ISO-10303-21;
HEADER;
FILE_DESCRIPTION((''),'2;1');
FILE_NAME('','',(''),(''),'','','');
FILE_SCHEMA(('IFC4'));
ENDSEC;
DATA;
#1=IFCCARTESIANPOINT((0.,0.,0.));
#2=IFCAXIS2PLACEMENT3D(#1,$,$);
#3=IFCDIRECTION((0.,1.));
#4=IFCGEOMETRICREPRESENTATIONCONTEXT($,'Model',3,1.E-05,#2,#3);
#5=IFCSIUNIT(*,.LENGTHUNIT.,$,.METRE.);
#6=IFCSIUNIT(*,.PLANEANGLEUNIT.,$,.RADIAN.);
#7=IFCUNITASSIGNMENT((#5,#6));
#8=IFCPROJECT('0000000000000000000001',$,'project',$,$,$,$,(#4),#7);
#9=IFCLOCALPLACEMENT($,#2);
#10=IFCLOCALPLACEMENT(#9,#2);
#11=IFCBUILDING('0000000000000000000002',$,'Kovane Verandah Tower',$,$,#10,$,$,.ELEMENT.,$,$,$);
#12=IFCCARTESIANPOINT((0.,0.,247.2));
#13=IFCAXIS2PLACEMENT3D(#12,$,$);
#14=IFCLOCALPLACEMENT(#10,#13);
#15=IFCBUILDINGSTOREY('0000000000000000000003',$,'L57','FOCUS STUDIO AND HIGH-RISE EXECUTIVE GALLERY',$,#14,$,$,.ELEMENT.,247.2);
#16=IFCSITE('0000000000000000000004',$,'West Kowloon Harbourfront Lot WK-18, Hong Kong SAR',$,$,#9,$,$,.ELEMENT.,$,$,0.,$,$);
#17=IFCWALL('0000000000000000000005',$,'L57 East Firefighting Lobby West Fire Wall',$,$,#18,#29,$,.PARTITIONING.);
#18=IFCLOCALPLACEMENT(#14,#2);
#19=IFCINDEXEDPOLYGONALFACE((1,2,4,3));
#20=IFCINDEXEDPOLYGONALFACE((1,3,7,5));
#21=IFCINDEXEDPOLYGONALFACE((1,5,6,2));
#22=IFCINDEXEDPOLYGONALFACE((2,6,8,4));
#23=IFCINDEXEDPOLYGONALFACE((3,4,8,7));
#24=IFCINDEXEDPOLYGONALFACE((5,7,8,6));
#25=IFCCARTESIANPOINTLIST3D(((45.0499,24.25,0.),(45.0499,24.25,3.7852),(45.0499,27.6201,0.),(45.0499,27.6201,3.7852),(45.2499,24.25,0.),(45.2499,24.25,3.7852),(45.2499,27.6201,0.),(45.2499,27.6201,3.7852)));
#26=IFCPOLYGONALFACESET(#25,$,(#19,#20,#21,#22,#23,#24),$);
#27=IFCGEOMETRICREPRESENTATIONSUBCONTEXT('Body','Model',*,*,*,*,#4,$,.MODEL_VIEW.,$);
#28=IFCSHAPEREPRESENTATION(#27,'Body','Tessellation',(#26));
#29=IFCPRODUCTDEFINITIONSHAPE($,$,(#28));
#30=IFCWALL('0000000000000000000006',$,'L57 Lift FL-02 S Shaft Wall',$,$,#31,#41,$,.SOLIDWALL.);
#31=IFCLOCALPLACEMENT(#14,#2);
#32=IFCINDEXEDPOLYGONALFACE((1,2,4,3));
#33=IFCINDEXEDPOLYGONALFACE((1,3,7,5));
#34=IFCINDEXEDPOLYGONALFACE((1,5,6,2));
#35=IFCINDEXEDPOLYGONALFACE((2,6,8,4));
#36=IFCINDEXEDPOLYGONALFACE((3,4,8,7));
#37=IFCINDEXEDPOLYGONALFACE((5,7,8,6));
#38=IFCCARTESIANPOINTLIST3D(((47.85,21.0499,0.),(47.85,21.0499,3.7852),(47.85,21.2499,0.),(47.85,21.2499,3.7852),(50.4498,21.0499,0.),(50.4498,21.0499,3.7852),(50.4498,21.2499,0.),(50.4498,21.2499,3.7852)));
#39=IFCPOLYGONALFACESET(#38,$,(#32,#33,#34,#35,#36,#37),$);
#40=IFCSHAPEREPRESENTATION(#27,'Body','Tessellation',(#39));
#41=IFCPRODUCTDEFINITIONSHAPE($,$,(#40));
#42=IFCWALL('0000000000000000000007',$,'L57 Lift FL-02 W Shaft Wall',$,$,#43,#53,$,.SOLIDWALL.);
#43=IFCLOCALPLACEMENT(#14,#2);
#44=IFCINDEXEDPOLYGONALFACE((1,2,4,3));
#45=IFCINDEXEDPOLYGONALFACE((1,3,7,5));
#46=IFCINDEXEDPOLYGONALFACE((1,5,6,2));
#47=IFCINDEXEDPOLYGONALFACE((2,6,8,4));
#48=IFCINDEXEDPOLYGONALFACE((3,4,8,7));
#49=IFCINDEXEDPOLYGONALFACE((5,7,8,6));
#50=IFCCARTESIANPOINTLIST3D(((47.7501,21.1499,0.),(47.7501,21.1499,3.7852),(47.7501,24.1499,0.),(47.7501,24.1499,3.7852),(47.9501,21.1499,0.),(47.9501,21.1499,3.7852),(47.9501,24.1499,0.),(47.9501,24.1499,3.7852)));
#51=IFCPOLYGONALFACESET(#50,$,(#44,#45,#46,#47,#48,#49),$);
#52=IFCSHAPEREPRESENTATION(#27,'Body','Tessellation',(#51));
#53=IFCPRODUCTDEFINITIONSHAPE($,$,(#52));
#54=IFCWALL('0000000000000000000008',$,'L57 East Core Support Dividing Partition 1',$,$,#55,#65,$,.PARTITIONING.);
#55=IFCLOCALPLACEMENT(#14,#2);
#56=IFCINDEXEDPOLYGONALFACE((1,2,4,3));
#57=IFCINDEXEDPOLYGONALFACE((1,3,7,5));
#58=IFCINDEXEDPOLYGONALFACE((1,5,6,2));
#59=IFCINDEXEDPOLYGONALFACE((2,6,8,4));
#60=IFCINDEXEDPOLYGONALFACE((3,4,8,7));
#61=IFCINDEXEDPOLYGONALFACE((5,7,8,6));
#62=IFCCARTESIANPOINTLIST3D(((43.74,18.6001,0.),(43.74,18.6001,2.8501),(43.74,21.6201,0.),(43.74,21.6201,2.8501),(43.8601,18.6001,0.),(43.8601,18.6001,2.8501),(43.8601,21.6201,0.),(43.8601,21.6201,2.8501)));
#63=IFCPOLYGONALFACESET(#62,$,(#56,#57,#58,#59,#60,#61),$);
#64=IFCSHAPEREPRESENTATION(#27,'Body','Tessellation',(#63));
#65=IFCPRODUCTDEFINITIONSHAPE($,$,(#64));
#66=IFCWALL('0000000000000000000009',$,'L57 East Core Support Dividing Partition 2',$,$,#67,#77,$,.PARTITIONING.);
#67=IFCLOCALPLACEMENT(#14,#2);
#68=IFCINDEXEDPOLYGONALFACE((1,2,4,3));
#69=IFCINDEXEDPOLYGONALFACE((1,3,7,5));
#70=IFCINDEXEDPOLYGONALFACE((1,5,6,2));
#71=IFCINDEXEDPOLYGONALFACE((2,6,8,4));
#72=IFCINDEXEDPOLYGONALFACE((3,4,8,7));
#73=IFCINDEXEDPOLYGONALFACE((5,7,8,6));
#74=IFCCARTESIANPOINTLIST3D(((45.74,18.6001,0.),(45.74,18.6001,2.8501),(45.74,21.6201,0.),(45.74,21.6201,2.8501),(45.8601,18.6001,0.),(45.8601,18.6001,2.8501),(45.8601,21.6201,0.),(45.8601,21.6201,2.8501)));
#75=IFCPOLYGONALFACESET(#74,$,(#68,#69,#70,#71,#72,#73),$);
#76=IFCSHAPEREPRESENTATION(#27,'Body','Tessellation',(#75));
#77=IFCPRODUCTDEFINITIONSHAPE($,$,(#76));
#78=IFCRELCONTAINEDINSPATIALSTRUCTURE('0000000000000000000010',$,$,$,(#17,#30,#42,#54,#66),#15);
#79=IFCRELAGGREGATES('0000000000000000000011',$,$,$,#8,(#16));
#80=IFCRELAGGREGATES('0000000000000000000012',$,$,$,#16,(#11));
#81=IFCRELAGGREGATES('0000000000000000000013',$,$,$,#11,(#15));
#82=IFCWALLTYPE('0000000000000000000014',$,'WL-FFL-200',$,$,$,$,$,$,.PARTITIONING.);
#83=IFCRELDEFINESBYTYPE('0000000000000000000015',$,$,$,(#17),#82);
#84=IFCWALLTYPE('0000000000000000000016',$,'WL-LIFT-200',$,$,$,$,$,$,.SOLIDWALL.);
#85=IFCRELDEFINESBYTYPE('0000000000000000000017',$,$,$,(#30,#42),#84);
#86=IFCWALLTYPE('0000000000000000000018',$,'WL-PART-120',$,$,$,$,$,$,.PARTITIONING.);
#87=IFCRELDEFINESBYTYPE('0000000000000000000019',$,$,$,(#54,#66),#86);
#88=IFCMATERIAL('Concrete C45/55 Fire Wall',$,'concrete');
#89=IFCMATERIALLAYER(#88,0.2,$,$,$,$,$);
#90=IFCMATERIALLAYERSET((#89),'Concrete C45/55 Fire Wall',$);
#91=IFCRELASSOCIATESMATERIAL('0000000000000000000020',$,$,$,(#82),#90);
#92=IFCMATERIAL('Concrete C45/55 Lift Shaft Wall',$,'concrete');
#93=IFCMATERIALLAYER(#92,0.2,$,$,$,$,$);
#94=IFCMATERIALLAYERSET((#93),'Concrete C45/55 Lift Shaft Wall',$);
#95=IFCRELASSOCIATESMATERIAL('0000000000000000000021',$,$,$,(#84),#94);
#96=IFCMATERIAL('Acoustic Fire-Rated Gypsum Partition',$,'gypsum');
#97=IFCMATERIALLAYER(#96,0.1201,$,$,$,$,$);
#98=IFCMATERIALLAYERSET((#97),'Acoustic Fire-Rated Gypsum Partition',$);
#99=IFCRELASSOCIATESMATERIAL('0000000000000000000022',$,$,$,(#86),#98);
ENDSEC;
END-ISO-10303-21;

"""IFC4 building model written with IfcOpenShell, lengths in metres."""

from ifc_helpers import new_model, si_unit, direction, frame, frame_2d, origin, place, context, subcontext, project, spatial, rectangle, extrude, material, layer, layer_set, type_object, element, save


model = new_model("IFC4")

# Units and contexts
model_context = context("Model", 3, precision=1e-05, world=origin(), true_north=direction((0.0, 1.0)))
body_context = subcontext(model_context, "Body", "Model", "MODEL_VIEW")
ifc_project = project(units=[si_unit("LENGTHUNIT", "METRE"), si_unit("PLANEANGLEUNIT", "RADIAN")], contexts=[model_context])

# Site, building, storey
site_placement = place(None, origin())
site = spatial("IfcSite", under=ifc_project, at=site_placement, Name="West Kowloon Harbourfront Lot WK-18, Hong Kong SAR", CompositionType="ELEMENT", RefElevation=0.0)
building_placement = place(site_placement, origin())
building = spatial("IfcBuilding", under=site, at=building_placement, Name="Kovane Verandah Tower", CompositionType="ELEMENT")
storey_placement = place(building_placement, frame((0.0, 0.0, 247.2)))
storey = spatial("IfcBuildingStorey", under=building, at=storey_placement, Name="L57", Description="FOCUS STUDIO AND HIGH-RISE EXECUTIVE GALLERY", CompositionType="ELEMENT", Elevation=247.2)

# Wall
ifc_material_1 = material(Name="Concrete C45/55 Fire Wall", Category="concrete")
ifc_layer_1 = layer(ifc_material_1, 0.2)
ifc_layer_set_1 = layer_set([ifc_layer_1], Name="Concrete C45/55 Fire Wall")
wall_type_1 = type_object("IfcWallType", Name="WL-FFL-200", PredefinedType="PARTITIONING", material=ifc_layer_set_1)
wall_1_placement = place(storey_placement, frame((45.1499, 24.25, 0.0), z_axis=(0.0, 0.0, 1.0), x_axis=(0.0, 1.0, 0.0)))
element("IfcWall", 1, at=wall_1_placement, inside=storey, type_object=wall_type_1, Name="L57 East Firefighting Lobby West Fire Wall", PredefinedType="PARTITIONING", context=body_context, shape_type="SweptSolid", body=[
    extrude(rectangle(XDim=3.3701, YDim=0.2, at=frame_2d((1.6851, 0.0))), origin(), (0.0, 0.0, 1.0), 3.7852),
])

# Wall
ifc_material_2 = material(Name="Concrete C45/55 Lift Shaft Wall", Category="concrete")
ifc_layer_2 = layer(ifc_material_2, 0.2)
ifc_layer_set_2 = layer_set([ifc_layer_2], Name="Concrete C45/55 Lift Shaft Wall")
wall_type_2 = type_object("IfcWallType", Name="WL-LIFT-200", PredefinedType="SOLIDWALL", material=ifc_layer_set_2)
wall_2_placement = place(storey_placement, frame((47.8501, 21.1499, 0.0), z_axis=(0.0, 0.0, 1.0), x_axis=(1.0, 0.0, 0.0)))
element("IfcWall", 2, at=wall_2_placement, inside=storey, type_object=wall_type_2, Name="L57 Lift FL-02 S Shaft Wall", PredefinedType="SOLIDWALL", context=body_context, shape_type="SweptSolid", body=[
    extrude(rectangle(XDim=2.5999, YDim=0.2, at=frame_2d((1.2998, 0.0))), origin(), (0.0, 0.0, 1.0), 3.7852),
])

# Walls
wall_3_placement = place(storey_placement, frame((47.8501, 24.1499, 0.0), z_axis=(0.0, 0.0, 1.0), x_axis=(0.0, -1.0, 0.0)))
element("IfcWall", 3, at=wall_3_placement, inside=storey, type_object=wall_type_2, Name="L57 Lift FL-02 W Shaft Wall", PredefinedType="SOLIDWALL", context=body_context, shape_type="SweptSolid", body=[
    extrude(rectangle(XDim=3.0, YDim=0.2, at=frame_2d((1.5, 0.0))), origin(), (0.0, 0.0, 1.0), 3.7852),
])
ifc_material_3 = material(Name="Acoustic Fire-Rated Gypsum Partition", Category="gypsum")
ifc_layer_3 = layer(ifc_material_3, 0.1201)
ifc_layer_set_3 = layer_set([ifc_layer_3], Name="Acoustic Fire-Rated Gypsum Partition")
wall_type_3 = type_object("IfcWallType", Name="WL-PART-120", PredefinedType="PARTITIONING", material=ifc_layer_set_3)
for number, where, z_axis, x_axis, name in (
    (4, (43.8, 18.6001, 0.0), (0.0, 0.0, 1.0), (0.0, 1.0, 0.0), "L57 East Core Support Dividing Partition 1"),
    (5, (45.8, 18.6001, 0.0), (0.0, 0.0, 1.0), (0.0, 1.0, 0.0), "L57 East Core Support Dividing Partition 2"),
):
    element("IfcWall", number, at=place(storey_placement, frame(where, z_axis=z_axis, x_axis=x_axis)), inside=storey, type_object=wall_type_3, Name=name, PredefinedType="PARTITIONING", context=body_context, shape_type="SweptSolid", body=[
        extrude(rectangle(XDim=3.02, YDim=0.1201, at=frame_2d((1.51, 0.0))), origin(), (0.0, 0.0, 1.0), 2.8501),
    ])

save(model, "model.ifc")
